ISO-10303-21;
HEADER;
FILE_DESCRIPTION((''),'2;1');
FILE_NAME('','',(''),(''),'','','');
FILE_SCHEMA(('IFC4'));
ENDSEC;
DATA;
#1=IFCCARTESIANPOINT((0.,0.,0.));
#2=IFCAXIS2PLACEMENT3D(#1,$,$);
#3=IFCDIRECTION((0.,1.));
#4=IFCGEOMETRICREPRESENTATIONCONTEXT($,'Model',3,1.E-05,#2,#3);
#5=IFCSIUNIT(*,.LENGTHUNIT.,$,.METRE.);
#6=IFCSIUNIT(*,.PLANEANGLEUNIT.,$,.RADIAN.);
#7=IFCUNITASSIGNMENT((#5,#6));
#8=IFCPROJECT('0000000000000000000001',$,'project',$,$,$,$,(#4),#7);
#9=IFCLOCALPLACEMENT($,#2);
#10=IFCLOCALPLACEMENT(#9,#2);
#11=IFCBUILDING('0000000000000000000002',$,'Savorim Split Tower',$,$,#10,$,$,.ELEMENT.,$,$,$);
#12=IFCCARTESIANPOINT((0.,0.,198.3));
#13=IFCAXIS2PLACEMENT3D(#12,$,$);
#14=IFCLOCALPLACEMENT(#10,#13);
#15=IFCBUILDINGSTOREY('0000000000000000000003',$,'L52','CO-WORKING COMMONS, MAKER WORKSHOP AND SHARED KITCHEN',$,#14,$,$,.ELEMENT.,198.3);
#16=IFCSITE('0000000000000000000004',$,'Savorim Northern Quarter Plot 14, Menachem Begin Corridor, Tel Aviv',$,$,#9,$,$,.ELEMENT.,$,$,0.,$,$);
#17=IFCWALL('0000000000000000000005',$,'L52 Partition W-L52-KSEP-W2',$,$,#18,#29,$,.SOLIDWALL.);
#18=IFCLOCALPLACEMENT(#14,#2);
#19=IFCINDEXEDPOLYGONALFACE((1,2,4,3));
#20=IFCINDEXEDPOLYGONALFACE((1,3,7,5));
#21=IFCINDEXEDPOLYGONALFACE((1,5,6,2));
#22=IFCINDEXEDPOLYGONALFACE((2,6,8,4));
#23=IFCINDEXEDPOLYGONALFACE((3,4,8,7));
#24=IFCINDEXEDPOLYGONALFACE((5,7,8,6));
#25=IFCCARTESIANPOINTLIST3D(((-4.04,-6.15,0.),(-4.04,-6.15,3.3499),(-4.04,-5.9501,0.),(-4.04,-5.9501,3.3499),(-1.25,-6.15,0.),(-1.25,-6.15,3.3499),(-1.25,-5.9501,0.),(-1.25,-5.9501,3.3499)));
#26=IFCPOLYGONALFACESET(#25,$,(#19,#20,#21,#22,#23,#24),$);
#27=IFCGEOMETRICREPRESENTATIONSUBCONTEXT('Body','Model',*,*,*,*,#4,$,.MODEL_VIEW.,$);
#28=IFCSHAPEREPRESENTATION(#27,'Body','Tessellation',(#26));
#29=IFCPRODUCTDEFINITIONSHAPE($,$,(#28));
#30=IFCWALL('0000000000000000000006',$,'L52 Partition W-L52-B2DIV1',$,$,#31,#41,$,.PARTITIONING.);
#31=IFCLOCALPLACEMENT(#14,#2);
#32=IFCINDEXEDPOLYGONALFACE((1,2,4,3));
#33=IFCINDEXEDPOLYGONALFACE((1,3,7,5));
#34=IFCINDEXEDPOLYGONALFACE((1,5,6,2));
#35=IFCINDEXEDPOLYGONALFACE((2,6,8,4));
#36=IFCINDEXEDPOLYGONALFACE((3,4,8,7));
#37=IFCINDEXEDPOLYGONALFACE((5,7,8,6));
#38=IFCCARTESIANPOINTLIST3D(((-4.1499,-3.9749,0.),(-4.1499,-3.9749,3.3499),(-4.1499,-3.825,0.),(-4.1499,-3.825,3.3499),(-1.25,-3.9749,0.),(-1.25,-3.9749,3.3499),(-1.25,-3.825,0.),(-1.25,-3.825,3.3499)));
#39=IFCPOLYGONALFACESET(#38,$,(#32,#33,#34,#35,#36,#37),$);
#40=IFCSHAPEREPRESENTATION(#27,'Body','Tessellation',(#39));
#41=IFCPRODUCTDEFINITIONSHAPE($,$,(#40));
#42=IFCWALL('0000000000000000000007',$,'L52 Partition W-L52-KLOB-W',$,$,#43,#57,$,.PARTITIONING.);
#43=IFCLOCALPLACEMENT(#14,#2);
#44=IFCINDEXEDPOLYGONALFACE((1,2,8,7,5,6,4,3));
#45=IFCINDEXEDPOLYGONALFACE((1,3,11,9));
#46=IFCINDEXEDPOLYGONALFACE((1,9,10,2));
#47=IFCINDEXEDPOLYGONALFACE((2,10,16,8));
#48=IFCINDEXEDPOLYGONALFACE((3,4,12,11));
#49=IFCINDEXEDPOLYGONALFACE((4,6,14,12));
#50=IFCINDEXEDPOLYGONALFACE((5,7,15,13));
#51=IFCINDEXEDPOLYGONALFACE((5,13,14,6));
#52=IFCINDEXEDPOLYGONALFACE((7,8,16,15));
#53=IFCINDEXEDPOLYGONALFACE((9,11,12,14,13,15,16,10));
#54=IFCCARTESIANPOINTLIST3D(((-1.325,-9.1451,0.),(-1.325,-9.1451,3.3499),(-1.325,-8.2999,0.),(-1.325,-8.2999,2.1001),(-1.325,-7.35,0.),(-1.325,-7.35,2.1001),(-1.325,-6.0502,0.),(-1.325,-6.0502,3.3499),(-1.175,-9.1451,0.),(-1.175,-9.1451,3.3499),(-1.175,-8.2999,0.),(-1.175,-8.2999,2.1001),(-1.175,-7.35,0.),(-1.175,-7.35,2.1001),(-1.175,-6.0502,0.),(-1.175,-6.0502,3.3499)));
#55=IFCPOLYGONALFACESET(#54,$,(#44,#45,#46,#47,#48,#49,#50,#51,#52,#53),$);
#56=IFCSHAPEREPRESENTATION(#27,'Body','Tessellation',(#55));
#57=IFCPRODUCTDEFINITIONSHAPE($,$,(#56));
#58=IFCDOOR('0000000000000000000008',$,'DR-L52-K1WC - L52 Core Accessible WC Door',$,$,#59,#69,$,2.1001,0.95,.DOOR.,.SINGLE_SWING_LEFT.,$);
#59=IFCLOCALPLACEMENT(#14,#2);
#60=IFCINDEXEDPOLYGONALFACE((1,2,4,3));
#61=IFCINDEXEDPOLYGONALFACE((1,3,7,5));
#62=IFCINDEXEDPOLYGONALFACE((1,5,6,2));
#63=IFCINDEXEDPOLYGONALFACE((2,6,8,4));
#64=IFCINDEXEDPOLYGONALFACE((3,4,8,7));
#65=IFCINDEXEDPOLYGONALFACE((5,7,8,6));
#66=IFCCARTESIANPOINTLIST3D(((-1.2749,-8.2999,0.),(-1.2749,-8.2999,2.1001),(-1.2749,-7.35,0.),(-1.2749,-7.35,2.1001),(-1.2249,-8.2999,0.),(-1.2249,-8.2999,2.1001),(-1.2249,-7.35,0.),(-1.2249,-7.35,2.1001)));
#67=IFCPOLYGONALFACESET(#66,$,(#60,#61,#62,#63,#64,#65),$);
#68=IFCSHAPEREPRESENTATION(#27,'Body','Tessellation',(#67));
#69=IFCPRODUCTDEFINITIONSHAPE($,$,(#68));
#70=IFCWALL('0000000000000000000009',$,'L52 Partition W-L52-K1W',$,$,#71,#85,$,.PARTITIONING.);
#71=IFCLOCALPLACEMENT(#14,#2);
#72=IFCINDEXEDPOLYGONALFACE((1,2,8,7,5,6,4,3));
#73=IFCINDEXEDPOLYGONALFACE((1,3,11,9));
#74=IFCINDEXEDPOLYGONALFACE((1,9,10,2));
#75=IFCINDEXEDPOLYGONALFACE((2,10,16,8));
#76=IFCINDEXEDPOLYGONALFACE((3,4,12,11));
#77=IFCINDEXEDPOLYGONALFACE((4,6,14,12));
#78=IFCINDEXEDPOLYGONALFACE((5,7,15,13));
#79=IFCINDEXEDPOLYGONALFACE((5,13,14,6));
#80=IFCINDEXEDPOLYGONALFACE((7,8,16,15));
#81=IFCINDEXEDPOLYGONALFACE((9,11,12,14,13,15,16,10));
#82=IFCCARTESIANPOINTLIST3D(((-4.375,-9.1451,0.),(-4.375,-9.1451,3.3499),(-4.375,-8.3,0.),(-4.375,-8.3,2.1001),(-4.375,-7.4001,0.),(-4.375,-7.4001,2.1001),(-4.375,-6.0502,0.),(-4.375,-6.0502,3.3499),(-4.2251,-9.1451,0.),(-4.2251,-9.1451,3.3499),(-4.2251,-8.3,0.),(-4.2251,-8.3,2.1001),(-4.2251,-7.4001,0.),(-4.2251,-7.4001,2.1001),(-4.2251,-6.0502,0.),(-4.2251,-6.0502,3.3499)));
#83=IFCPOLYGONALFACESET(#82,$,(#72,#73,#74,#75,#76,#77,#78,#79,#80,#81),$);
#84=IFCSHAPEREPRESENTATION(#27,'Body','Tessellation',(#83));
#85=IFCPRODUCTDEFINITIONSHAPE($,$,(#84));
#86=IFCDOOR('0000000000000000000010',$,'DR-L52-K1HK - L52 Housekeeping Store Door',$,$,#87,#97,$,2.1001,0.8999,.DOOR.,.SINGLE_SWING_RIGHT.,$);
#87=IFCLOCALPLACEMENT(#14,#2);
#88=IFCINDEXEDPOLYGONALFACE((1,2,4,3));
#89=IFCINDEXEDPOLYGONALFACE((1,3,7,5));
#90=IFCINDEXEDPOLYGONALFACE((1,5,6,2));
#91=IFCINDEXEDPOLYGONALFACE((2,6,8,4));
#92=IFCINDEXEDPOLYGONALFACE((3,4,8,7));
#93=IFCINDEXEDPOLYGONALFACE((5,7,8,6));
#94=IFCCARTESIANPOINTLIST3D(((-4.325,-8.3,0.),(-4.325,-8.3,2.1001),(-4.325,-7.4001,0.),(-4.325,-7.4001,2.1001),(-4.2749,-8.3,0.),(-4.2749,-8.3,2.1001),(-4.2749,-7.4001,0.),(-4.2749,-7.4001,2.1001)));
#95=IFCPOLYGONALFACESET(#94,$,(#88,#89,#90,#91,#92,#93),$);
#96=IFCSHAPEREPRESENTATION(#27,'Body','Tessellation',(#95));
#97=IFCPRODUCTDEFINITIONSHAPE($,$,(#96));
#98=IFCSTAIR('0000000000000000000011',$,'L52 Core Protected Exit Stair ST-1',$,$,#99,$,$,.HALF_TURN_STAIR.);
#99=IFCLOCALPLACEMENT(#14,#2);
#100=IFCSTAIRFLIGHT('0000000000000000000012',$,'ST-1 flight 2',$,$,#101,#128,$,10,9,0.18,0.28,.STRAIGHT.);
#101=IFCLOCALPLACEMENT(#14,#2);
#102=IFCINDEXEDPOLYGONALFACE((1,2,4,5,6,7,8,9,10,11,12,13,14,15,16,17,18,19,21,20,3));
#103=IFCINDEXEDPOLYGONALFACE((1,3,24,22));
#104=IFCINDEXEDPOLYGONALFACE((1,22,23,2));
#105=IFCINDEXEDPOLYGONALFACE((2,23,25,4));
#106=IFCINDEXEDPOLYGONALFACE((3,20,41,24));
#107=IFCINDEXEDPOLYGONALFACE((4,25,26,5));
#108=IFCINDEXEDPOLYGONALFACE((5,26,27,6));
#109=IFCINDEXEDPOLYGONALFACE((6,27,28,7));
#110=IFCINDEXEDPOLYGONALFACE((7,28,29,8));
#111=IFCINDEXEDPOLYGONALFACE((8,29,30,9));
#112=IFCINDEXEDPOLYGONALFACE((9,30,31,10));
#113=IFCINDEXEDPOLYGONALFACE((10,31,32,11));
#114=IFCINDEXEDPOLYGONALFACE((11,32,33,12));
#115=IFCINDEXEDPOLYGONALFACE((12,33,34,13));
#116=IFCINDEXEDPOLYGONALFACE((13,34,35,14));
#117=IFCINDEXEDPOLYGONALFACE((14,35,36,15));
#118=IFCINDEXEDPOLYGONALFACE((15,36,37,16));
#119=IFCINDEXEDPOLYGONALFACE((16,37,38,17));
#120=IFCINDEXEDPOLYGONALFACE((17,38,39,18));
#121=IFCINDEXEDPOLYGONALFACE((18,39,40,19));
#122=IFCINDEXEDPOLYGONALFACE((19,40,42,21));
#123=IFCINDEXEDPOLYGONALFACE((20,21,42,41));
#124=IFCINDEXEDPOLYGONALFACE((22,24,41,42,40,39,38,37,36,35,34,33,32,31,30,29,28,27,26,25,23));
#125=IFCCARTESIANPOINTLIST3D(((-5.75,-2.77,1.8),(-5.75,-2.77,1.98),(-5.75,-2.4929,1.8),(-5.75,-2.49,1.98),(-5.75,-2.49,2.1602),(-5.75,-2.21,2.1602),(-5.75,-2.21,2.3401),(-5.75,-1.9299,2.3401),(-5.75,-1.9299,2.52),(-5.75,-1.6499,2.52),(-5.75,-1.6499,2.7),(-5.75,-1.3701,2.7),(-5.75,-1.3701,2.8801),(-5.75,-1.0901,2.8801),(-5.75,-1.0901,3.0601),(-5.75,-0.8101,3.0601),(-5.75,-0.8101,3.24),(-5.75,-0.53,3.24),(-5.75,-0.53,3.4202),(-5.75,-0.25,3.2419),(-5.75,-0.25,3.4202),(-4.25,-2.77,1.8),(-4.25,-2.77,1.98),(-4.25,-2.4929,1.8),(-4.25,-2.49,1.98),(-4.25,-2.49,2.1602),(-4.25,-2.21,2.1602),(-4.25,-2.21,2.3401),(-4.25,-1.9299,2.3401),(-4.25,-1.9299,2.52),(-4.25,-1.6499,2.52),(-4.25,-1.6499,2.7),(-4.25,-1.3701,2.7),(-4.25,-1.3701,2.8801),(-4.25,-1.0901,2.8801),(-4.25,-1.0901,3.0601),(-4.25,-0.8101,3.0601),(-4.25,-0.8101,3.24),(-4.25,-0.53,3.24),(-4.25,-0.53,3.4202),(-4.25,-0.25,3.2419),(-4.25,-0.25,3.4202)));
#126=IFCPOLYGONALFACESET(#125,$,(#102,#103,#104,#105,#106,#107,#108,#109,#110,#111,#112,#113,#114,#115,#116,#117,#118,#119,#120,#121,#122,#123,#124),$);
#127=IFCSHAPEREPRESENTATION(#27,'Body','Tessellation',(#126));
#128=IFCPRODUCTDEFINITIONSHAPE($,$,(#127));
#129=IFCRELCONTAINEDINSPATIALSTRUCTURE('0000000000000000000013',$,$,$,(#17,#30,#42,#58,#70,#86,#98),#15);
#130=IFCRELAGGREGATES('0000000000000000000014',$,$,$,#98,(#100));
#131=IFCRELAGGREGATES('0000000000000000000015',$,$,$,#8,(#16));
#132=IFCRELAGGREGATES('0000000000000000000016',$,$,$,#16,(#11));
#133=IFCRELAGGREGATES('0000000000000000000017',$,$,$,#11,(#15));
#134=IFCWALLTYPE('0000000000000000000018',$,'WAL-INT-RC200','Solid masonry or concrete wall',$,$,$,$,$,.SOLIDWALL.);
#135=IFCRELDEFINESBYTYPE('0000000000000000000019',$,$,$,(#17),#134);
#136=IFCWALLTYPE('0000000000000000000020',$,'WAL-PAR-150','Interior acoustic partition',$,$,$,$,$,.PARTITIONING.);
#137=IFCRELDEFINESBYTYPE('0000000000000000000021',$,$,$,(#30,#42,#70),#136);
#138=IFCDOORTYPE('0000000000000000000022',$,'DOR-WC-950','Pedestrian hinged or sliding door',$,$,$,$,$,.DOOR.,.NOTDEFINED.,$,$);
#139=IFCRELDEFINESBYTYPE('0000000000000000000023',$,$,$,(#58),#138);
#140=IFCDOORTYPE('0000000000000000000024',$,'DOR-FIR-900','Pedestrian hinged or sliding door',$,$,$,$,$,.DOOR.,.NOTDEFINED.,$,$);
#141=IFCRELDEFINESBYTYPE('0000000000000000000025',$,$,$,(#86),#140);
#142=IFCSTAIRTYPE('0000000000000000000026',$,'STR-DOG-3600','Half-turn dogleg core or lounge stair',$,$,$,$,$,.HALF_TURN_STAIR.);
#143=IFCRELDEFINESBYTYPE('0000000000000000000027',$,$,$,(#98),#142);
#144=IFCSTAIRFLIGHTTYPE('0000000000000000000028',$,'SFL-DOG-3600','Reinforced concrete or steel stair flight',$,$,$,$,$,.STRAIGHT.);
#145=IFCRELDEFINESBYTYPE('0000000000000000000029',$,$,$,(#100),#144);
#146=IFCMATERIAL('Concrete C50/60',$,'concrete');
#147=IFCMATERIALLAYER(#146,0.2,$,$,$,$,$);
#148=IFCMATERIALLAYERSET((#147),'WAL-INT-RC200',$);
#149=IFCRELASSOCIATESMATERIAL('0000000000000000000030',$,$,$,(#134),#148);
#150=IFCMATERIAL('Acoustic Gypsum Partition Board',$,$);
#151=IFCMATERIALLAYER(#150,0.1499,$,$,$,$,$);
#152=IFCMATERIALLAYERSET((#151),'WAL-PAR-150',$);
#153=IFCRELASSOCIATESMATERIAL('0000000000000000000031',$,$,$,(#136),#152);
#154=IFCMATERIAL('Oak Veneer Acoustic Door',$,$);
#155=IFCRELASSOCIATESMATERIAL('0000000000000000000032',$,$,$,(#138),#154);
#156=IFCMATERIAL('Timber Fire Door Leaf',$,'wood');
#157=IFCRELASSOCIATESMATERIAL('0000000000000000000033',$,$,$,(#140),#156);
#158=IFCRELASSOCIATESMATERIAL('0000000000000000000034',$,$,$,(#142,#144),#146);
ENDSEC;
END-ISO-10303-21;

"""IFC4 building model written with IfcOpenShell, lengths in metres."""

from ifc_helpers import new_model, si_unit, direction, frame, frame_2d, origin, place, context, subcontext, project, spatial, polyline, rectangle, outline, extrude, material, layer, layer_set, type_object, element, fill, aggregate, save


model = new_model("IFC4")

# Units and contexts
model_context = context("Model", 3, precision=1e-05, world=origin(), true_north=direction((0.0, 1.0)))
body_context = subcontext(model_context, "Body", "Model", "MODEL_VIEW")
ifc_project = project(units=[si_unit("LENGTHUNIT", "METRE"), si_unit("PLANEANGLEUNIT", "RADIAN")], contexts=[model_context])

# Site, building, storey
site_placement = place(None, origin())
site = spatial("IfcSite", under=ifc_project, at=site_placement, Name="Savorim Northern Quarter Plot 14, Menachem Begin Corridor, Tel Aviv", CompositionType="ELEMENT", RefElevation=0.0)
building_placement = place(site_placement, origin())
building = spatial("IfcBuilding", under=site, at=building_placement, Name="Savorim Split Tower", CompositionType="ELEMENT")
storey_placement = place(building_placement, frame((0.0, 0.0, 198.3)))
storey = spatial("IfcBuildingStorey", under=building, at=storey_placement, Name="L52", Description="CO-WORKING COMMONS, MAKER WORKSHOP AND SHARED KITCHEN", CompositionType="ELEMENT", Elevation=198.3)

# Shared definitions
ifc_material_1 = material(Name="Timber Fire Door Leaf", Category="wood")

# Shared definitions
ifc_material_2 = material(Name="Concrete C50/60", Category="concrete")
ifc_layer_1 = layer(ifc_material_2, 0.2)
ifc_layer_set_1 = layer_set([ifc_layer_1], Name="WAL-INT-RC200")
wall_type_1 = type_object("IfcWallType", Name="WAL-INT-RC200", Description="Solid masonry or concrete wall", PredefinedType="SOLIDWALL", material=ifc_layer_set_1)

# Walls
wall_1_placement = place(storey_placement, frame((-4.04, -6.05, 0.0), z_axis=(0.0, 0.0, 1.0), x_axis=(1.0, 0.0, 0.0)))
element("IfcWall", 1, at=wall_1_placement, inside=storey, type_object=wall_type_1, Name="L52 Partition W-L52-KSEP-W2", PredefinedType="SOLIDWALL", context=body_context, shape_type="SweptSolid", body=[
    extrude(rectangle(XDim=2.79, YDim=0.2, at=frame_2d((1.395, 0.0))), origin(), (0.0, 0.0, 1.0), 3.3499),
])
ifc_material_3 = material(Name="Acoustic Gypsum Partition Board")
ifc_layer_2 = layer(ifc_material_3, 0.1499)
ifc_layer_set_2 = layer_set([ifc_layer_2], Name="WAL-PAR-150")
wall_type_2 = type_object("IfcWallType", Name="WAL-PAR-150", Description="Interior acoustic partition", PredefinedType="PARTITIONING", material=ifc_layer_set_2)
wall_2_placement = place(storey_placement, frame((-4.1499, -3.8999, 0.0), z_axis=(0.0, 0.0, 1.0), x_axis=(1.0, 0.0, 0.0)))
element("IfcWall", 2, at=wall_2_placement, inside=storey, type_object=wall_type_2, Name="L52 Partition W-L52-B2DIV1", PredefinedType="PARTITIONING", context=body_context, shape_type="SweptSolid", body=[
    extrude(rectangle(XDim=2.8999, YDim=0.1499, at=frame_2d((1.45, 0.0))), origin(), (0.0, 0.0, 1.0), 3.3499),
])

# Walls, openings, doors
wall_3_placement = place(storey_placement, frame((-1.25, -9.145, 0.0), z_axis=(0.0, 0.0, 1.0), x_axis=(0.0, 1.0, 0.0)))
wall_3 = element("IfcWall", 3, at=wall_3_placement, inside=storey, type_object=wall_type_2, Name="L52 Partition W-L52-KLOB-W", PredefinedType="PARTITIONING", context=body_context, shape_type="SweptSolid", body=[
    extrude(rectangle(XDim=3.095, YDim=0.1499, at=frame_2d((1.5474, 0.0))), origin(), (0.0, 0.0, 1.0), 3.3499),
])
opening_1_placement = place(wall_3_placement, frame((0.845, 0.0, 0.0)))
opening_1 = element("IfcOpeningElement", 4, at=opening_1_placement, cuts=wall_3, PredefinedType="OPENING", context=body_context, shape_type="SweptSolid", body=[
    extrude(rectangle(XDim=0.95, YDim=2.1001, at=frame_2d((0.4751, 1.05))), frame((0.0, 0.085, 0.0), z_axis=(0.0, -1.0, 0.0), x_axis=(1.0, 0.0, 0.0)), (0.0, 0.0, 1.0), 0.1699),
])
ifc_material_4 = material(Name="Oak Veneer Acoustic Door")
door_type_1 = type_object("IfcDoorType", Name="DOR-WC-950", Description="Pedestrian hinged or sliding door", OperationType="NOTDEFINED", PredefinedType="DOOR", material=ifc_material_4)
door_1_placement = place(opening_1_placement, origin())
door_1 = element("IfcDoor", 5, at=door_1_placement, inside=storey, type_object=door_type_1, Name="DR-L52-K1WC - L52 Core Accessible WC Door", OperationType="SINGLE_SWING_LEFT", OverallHeight=2.1001, OverallWidth=0.95, PredefinedType="DOOR", context=body_context, shape_type="SweptSolid", body=[
    extrude(rectangle(XDim=0.95, YDim=2.1001, at=frame_2d((0.4751, 1.05))), frame((0.0, 0.0249, 0.0), z_axis=(0.0, -1.0, 0.0), x_axis=(1.0, 0.0, 0.0)), (0.0, 0.0, 1.0), 0.05),
])
fill(opening_1, door_1)
wall_4_placement = place(storey_placement, frame((-4.3, -9.145, 0.0), z_axis=(0.0, 0.0, 1.0), x_axis=(0.0, 1.0, 0.0)))
wall_4 = element("IfcWall", 6, at=wall_4_placement, inside=storey, type_object=wall_type_2, Name="L52 Partition W-L52-K1W", PredefinedType="PARTITIONING", context=body_context, shape_type="SweptSolid", body=[
    extrude(rectangle(XDim=3.095, YDim=0.1499, at=frame_2d((1.5474, 0.0))), origin(), (0.0, 0.0, 1.0), 3.3499),
])
opening_2_placement = place(wall_4_placement, frame((0.845, 0.0, 0.0)))
opening_2 = element("IfcOpeningElement", 7, at=opening_2_placement, cuts=wall_4, PredefinedType="OPENING", context=body_context, shape_type="SweptSolid", body=[
    extrude(rectangle(XDim=0.8999, YDim=2.1001, at=frame_2d((0.45, 1.05))), frame((0.0, 0.085, 0.0), z_axis=(0.0, -1.0, 0.0), x_axis=(1.0, 0.0, 0.0)), (0.0, 0.0, 1.0), 0.1699),
])
door_type_2 = type_object("IfcDoorType", Name="DOR-FIR-900", Description="Pedestrian hinged or sliding door", OperationType="NOTDEFINED", PredefinedType="DOOR", material=ifc_material_1)
door_2_placement = place(opening_2_placement, origin())
door_2 = element("IfcDoor", 8, at=door_2_placement, inside=storey, type_object=door_type_2, Name="DR-L52-K1HK - L52 Housekeeping Store Door", OperationType="SINGLE_SWING_RIGHT", OverallHeight=2.1001, OverallWidth=0.8999, PredefinedType="DOOR", context=body_context, shape_type="SweptSolid", body=[
    extrude(rectangle(XDim=0.8999, YDim=2.1001, at=frame_2d((0.45, 1.05))), frame((0.0, 0.0249, 0.0), z_axis=(0.0, -1.0, 0.0), x_axis=(1.0, 0.0, 0.0)), (0.0, 0.0, 1.0), 0.05),
])
fill(opening_2, door_2)

# Stair, stair flight
stair_type = type_object("IfcStairType", Name="STR-DOG-3600", Description="Half-turn dogleg core or lounge stair", PredefinedType="HALF_TURN_STAIR", material=ifc_material_2)
stair_placement = place(storey_placement, origin())
stair = element("IfcStair", 9, at=stair_placement, inside=storey, type_object=stair_type, Name="L52 Core Protected Exit Stair ST-1", PredefinedType="HALF_TURN_STAIR")
stair_flight_type = type_object("IfcStairFlightType", Name="SFL-DOG-3600", Description="Reinforced concrete or steel stair flight", PredefinedType="STRAIGHT", material=ifc_material_2)
stair_flight_placement = place(storey_placement, frame((-5.0, -2.77, 1.8), z_axis=(0.0, 0.0, 1.0), x_axis=(0.0, 1.0, 0.0)))
stair_flight = element("IfcStairFlight", 10, at=stair_flight_placement, type_object=stair_flight_type, Name="ST-1 flight 2", NumberOfRisers=10, NumberOfTreads=9, PredefinedType="STRAIGHT", RiserHeight=0.18, TreadLength=0.28, context=body_context, shape_type="SweptSolid", body=[
    extrude(outline(polyline([(0.0, 0.0), (0.0, 0.1799), (0.28, 0.1799), (0.28, 0.3601), (0.5601, 0.3601), (0.5601, 0.54), (0.8401, 0.54), (0.8401, 0.72), (1.1201, 0.72), (1.1201, 0.8999), (1.3999, 0.8999), (1.3999, 1.0801), (1.6799, 1.0801), (1.6799, 1.26), (1.96, 1.26), (1.96, 1.4399), (2.24, 1.4399), (2.24, 1.6201), (2.52, 1.6201), (2.52, 1.8), (2.52, 1.4419), (0.2771, 0.0), (0.0, 0.0)])), frame((0.0, 0.75, 0.0), z_axis=(0.0, -1.0, 0.0), x_axis=(1.0, 0.0, 0.0)), (0.0, 0.0, 1.0), 1.5),
])
aggregate(stair, [stair_flight])

save(model, "model.ifc")
